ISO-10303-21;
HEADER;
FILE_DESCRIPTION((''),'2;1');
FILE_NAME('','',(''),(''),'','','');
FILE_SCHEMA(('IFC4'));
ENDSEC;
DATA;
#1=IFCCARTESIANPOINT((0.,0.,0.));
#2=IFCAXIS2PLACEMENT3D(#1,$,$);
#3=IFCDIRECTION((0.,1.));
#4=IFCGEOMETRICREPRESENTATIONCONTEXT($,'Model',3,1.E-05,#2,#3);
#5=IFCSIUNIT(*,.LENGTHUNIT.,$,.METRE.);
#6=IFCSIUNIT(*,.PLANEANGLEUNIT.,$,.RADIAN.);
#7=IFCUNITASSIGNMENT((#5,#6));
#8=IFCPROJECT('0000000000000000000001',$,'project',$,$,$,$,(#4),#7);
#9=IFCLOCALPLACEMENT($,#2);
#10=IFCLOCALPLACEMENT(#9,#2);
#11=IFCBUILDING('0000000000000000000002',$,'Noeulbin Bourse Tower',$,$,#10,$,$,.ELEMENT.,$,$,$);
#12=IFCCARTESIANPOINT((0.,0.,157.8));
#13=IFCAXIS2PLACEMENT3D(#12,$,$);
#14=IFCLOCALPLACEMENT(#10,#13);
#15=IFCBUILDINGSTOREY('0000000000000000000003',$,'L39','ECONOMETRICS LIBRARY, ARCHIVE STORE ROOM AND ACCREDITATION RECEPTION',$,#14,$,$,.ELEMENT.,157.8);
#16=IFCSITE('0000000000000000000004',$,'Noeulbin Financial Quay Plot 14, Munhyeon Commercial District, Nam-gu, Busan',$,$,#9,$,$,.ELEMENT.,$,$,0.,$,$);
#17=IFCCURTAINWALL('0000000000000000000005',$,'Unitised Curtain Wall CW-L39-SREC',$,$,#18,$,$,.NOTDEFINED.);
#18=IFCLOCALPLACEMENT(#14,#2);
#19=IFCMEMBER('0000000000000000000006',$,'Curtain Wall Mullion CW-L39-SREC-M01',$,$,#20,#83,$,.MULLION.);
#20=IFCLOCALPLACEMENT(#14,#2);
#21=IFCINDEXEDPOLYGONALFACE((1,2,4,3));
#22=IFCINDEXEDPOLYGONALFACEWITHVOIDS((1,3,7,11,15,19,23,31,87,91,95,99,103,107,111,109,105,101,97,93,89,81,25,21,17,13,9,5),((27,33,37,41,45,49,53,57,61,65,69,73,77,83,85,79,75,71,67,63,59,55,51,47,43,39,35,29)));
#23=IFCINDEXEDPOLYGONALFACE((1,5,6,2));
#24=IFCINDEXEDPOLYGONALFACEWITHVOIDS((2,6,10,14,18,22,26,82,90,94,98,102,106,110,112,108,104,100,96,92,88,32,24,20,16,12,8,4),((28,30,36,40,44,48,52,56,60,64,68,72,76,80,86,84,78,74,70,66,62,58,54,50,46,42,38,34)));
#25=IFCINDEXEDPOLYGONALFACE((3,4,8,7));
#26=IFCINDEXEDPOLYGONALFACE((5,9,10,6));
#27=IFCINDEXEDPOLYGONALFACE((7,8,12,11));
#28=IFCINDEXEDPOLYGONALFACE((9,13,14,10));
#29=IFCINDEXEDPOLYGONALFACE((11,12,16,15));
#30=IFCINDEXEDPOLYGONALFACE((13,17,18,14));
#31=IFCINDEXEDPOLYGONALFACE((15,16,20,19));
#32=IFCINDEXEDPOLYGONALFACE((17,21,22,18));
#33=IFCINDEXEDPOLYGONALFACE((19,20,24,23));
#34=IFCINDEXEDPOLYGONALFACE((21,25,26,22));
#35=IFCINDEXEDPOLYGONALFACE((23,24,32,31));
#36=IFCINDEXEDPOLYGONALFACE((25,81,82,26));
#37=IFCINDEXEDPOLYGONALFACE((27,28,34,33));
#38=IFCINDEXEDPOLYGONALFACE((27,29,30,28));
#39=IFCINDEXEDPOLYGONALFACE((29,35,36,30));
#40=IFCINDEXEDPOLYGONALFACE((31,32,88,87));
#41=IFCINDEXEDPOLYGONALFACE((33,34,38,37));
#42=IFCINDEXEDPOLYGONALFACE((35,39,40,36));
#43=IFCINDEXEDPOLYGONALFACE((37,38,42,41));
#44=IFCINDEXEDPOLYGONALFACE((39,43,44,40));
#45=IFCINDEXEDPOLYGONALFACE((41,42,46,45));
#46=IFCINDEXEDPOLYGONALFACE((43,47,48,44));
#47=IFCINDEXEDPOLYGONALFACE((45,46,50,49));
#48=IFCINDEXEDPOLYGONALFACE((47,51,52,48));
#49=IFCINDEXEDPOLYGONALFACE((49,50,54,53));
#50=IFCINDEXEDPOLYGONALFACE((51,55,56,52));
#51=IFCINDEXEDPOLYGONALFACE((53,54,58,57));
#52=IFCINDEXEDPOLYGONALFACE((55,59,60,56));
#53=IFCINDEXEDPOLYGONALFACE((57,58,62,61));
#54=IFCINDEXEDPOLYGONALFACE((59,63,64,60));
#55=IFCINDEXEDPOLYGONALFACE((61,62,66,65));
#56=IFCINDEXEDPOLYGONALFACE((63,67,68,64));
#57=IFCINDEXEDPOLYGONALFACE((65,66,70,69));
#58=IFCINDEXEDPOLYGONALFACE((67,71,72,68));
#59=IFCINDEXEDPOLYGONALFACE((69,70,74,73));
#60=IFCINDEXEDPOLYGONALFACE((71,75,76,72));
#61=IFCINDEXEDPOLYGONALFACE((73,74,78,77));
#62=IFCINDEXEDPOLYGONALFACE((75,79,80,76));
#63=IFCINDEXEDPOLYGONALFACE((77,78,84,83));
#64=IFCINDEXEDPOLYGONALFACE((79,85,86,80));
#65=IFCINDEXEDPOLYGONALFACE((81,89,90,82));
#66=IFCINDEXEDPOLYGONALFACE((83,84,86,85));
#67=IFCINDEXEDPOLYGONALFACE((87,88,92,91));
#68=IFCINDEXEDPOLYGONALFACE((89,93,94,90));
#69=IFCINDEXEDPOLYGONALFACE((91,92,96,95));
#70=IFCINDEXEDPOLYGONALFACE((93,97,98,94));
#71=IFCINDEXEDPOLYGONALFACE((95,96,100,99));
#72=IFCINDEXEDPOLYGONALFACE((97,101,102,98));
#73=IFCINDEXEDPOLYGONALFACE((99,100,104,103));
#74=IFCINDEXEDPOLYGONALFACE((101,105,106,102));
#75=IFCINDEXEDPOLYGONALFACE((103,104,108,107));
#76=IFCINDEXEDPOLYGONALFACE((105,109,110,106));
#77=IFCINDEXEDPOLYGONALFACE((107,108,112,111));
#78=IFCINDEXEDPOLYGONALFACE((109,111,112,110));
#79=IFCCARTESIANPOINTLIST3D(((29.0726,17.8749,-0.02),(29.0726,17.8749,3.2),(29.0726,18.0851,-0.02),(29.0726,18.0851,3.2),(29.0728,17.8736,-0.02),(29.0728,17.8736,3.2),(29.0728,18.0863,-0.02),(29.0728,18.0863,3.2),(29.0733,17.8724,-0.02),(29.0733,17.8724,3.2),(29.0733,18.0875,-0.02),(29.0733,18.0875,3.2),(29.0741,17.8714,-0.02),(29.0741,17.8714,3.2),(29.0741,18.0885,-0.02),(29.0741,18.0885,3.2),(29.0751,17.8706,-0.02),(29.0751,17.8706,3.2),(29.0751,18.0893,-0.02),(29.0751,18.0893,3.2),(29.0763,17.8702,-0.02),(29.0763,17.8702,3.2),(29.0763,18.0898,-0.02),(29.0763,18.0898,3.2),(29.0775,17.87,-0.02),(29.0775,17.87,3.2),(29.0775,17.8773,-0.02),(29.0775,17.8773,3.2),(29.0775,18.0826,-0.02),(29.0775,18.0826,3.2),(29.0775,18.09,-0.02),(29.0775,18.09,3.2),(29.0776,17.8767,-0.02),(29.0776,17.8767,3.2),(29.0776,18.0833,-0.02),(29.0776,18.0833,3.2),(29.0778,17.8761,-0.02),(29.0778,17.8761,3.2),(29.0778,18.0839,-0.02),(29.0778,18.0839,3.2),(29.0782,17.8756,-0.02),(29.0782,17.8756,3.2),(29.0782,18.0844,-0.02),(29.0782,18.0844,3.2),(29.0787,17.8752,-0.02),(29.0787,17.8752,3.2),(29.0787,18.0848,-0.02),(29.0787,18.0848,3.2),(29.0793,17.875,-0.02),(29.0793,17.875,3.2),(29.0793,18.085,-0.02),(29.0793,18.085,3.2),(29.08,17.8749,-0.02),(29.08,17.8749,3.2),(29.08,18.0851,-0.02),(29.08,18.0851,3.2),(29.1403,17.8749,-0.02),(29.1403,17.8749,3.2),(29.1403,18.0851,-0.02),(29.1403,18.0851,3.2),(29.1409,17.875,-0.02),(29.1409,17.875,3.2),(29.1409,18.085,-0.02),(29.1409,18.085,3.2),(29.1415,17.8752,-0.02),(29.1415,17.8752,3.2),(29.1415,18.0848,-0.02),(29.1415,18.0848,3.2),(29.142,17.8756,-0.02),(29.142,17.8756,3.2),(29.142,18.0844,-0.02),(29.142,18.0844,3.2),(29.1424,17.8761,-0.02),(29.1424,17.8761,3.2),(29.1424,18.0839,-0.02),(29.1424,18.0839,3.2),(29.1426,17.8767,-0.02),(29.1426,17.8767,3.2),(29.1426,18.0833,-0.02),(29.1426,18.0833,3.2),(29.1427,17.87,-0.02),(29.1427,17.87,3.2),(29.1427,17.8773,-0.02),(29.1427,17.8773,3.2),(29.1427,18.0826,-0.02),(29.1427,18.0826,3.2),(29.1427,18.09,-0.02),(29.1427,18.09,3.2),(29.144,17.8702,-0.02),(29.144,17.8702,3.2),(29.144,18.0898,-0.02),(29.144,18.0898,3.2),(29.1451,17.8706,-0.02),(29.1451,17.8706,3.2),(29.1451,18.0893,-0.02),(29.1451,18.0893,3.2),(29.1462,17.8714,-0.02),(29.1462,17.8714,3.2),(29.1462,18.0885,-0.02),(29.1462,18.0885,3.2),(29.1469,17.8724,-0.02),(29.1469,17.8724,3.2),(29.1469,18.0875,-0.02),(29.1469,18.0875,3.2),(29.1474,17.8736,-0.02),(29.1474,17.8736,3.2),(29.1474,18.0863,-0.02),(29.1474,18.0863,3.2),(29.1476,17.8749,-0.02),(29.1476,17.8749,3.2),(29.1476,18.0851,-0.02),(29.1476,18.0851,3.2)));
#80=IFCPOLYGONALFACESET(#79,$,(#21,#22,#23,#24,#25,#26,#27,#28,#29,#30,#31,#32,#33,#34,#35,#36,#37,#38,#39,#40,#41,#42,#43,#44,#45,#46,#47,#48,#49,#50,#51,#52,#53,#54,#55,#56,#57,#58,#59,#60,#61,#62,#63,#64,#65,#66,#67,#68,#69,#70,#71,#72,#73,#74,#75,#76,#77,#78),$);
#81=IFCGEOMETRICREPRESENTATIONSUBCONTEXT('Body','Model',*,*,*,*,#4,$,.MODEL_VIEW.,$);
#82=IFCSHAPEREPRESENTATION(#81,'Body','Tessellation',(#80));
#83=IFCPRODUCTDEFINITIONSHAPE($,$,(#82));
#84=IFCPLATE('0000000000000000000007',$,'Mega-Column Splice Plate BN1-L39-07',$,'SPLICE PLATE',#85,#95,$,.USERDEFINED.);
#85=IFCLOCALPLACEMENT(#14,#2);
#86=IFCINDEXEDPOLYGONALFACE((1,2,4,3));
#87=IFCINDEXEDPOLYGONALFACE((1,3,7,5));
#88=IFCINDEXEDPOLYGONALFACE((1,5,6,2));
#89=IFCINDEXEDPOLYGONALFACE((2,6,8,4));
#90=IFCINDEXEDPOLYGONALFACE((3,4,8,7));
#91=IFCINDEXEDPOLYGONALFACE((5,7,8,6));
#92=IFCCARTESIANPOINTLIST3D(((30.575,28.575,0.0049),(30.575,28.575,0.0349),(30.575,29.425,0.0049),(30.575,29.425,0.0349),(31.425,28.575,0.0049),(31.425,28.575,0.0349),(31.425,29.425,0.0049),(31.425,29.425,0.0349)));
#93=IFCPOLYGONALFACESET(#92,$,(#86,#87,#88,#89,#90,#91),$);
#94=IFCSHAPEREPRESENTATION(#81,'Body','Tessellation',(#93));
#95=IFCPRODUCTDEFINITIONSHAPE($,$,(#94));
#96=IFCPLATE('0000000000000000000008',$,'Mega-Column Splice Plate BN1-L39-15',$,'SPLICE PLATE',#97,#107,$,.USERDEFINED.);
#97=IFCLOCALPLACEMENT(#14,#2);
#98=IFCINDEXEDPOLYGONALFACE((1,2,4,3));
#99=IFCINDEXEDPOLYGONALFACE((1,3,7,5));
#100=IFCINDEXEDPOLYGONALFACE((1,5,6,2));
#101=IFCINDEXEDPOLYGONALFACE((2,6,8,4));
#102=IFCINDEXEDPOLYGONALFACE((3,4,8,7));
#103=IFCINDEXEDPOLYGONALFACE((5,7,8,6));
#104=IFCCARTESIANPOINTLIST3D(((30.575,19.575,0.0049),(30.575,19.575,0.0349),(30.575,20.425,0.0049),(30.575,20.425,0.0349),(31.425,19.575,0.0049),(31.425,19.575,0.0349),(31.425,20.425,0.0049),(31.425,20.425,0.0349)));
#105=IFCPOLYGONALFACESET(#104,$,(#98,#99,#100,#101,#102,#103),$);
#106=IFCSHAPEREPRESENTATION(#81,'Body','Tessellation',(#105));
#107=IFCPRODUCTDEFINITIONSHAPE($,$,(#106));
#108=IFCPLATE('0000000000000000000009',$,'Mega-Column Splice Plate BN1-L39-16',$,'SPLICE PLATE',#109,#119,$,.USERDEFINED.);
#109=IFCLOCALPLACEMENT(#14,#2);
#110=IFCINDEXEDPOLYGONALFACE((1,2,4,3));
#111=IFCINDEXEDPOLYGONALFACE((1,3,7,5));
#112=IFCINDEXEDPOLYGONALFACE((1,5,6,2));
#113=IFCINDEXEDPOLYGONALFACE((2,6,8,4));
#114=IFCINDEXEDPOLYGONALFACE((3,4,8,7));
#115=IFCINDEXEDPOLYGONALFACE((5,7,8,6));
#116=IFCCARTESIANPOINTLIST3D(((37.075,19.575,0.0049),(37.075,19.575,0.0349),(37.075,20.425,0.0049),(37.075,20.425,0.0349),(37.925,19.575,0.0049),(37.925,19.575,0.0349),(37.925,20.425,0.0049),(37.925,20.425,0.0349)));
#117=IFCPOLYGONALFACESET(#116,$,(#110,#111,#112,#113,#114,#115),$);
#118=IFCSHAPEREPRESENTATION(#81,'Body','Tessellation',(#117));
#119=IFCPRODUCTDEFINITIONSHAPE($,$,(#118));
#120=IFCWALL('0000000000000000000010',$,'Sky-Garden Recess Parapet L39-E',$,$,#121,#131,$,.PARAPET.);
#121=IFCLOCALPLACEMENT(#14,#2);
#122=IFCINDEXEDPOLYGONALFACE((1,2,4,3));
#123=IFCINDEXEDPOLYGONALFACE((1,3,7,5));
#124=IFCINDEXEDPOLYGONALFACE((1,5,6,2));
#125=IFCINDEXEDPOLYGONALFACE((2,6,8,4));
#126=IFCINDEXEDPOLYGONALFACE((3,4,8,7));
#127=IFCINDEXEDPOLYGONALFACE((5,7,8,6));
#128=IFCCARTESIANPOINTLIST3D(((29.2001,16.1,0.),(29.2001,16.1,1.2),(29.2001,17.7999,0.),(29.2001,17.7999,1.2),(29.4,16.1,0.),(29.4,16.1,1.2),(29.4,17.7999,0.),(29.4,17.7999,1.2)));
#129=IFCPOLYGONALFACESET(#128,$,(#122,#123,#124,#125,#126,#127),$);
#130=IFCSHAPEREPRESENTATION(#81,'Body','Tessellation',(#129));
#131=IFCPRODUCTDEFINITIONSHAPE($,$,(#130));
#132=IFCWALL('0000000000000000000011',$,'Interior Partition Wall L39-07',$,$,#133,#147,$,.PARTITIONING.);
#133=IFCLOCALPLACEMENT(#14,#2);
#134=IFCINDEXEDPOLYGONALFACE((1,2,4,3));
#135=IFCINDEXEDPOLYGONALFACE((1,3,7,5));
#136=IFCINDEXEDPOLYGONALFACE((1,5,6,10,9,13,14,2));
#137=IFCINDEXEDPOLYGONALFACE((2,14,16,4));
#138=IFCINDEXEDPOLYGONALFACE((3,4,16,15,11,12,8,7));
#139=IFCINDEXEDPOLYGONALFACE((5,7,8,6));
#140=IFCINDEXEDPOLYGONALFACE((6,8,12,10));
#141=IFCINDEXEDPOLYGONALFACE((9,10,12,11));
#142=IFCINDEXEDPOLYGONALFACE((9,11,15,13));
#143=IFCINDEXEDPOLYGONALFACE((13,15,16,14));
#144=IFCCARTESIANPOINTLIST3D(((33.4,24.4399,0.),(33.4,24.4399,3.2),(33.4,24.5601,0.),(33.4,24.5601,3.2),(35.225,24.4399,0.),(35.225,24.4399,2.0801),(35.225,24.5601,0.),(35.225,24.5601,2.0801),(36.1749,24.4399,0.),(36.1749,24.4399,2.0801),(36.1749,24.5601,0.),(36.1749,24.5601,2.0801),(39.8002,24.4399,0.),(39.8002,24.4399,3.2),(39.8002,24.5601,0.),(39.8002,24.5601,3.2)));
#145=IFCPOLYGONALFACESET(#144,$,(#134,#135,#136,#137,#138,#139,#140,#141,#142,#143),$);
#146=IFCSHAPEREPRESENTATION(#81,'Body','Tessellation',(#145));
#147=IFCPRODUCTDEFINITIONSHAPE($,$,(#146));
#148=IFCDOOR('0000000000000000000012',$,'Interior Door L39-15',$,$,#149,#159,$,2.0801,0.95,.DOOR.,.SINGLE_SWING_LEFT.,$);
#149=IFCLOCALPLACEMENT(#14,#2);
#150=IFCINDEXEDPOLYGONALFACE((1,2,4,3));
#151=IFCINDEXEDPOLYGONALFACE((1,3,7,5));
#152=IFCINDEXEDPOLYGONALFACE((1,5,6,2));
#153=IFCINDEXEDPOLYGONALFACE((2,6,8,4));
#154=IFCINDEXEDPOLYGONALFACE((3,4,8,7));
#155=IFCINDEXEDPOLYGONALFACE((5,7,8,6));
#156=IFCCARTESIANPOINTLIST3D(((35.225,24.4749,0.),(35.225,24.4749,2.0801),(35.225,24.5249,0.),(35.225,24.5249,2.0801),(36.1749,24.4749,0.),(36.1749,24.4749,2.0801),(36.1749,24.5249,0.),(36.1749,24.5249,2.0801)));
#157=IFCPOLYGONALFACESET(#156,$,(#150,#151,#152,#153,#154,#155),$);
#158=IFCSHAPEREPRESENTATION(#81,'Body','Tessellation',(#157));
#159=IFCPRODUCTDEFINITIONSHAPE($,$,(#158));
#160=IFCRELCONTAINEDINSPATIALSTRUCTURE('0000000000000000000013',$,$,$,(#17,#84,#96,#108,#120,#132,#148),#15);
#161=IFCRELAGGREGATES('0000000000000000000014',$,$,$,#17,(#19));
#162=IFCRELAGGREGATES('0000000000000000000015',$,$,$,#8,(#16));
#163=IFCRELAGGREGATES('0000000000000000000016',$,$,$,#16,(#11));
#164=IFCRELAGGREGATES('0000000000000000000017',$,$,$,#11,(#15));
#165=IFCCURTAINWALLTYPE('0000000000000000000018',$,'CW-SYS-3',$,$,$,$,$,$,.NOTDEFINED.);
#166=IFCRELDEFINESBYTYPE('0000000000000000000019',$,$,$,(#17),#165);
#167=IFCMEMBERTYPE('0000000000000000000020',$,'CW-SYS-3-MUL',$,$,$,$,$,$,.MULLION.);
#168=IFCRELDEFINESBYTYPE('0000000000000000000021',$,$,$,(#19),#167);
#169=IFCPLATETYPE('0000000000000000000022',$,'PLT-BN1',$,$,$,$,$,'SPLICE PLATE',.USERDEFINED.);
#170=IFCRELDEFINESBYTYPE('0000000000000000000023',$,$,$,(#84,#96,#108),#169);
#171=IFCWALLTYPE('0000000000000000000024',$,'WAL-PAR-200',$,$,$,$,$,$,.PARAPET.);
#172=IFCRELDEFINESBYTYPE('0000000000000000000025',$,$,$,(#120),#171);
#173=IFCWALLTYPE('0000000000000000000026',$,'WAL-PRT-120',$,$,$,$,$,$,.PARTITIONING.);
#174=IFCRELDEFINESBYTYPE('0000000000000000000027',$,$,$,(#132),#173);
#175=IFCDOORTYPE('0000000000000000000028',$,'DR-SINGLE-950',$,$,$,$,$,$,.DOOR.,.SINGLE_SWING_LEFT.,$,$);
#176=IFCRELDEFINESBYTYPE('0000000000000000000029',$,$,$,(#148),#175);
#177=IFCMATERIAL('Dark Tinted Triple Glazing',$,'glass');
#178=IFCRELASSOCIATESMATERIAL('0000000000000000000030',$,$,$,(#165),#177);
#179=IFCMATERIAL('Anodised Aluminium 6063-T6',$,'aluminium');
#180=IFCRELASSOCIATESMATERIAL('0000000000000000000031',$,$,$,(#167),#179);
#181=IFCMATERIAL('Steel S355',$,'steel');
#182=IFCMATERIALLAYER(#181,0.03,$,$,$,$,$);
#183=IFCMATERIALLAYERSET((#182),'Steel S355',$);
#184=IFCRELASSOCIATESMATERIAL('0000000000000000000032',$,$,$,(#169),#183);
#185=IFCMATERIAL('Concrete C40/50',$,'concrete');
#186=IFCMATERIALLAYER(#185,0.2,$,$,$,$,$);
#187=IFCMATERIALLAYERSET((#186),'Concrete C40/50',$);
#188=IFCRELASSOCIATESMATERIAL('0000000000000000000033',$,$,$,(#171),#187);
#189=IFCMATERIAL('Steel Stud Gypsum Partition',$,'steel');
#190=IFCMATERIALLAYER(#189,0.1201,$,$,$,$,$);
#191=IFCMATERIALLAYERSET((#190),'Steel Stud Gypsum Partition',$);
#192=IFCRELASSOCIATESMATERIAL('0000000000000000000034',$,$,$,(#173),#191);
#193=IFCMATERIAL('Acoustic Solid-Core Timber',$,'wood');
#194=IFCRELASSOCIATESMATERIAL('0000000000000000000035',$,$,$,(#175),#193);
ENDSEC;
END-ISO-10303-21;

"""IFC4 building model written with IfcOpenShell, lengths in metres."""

from ifc_helpers import new_model, si_unit, direction, frame, frame_2d, origin, origin_2d, place, context, subcontext, project, spatial, rectangle, hollow_rectangle, extrude, material, layer, layer_set, material_profile, profile_set, type_object, element, fill, aggregate, save


model = new_model("IFC4")

# Units and contexts
model_context = context("Model", 3, precision=1e-05, world=origin(), true_north=direction((0.0, 1.0)))
body_context = subcontext(model_context, "Body", "Model", "MODEL_VIEW")
ifc_project = project(units=[si_unit("LENGTHUNIT", "METRE"), si_unit("PLANEANGLEUNIT", "RADIAN")], contexts=[model_context])

# Site, building, storey
site_placement = place(None, origin())
site = spatial("IfcSite", under=ifc_project, at=site_placement, Name="Noeulbin Financial Quay Plot 14, Munhyeon Commercial District, Nam-gu, Busan", CompositionType="ELEMENT", RefElevation=0.0)
building_placement = place(site_placement, origin())
building = spatial("IfcBuilding", under=site, at=building_placement, Name="Noeulbin Bourse Tower", CompositionType="ELEMENT")
storey_placement = place(building_placement, frame((0.0, 0.0, 157.8)))
storey = spatial("IfcBuildingStorey", under=building, at=storey_placement, Name="L39", Description="ECONOMETRICS LIBRARY, ARCHIVE STORE ROOM AND ACCREDITATION RECEPTION", CompositionType="ELEMENT", Elevation=157.8)

# Shared definitions
ifc_material_1 = material(Name="Steel S355", Category="steel")

# Curtain wall, member
ifc_material_2 = material(Name="Dark Tinted Triple Glazing", Category="glass")
curtain_wall_type = type_object("IfcCurtainWallType", Name="CW-SYS-3", PredefinedType="NOTDEFINED", material=ifc_material_2)
curtain_wall_placement = place(storey_placement, origin())
curtain_wall = element("IfcCurtainWall", 1, at=curtain_wall_placement, inside=storey, type_object=curtain_wall_type, Name="Unitised Curtain Wall CW-L39-SREC", PredefinedType="NOTDEFINED")
ifc_material_3 = material(Name="Anodised Aluminium 6063-T6", Category="aluminium")
ifc_material_profile_1 = material_profile(ifc_material_3, hollow_rectangle(XDim=0.075, YDim=0.22, WallThickness=0.0049, InnerFilletRadius=0.0024, OuterFilletRadius=0.0049, at=origin_2d()), Name="ALU-MULL-75x220x5", Category="LoadBearing")
ifc_profile_set_1 = profile_set([ifc_material_profile_1], Name="Anodised Aluminium 6063-T6")
member_type = type_object("IfcMemberType", Name="CW-SYS-3-MUL", PredefinedType="MULLION", material=ifc_profile_set_1)
member_placement = place(storey_placement, frame((29.1101, 17.98, -0.02), z_axis=(0.0, 0.0, 1.0), x_axis=(1.0, 0.0, 0.0)))
member = element("IfcMember", 2, at=member_placement, type_object=member_type, Name="Curtain Wall Mullion CW-L39-SREC-M01", PredefinedType="MULLION", context=body_context, shape_type="SweptSolid", body=[
    extrude(hollow_rectangle(XDim=0.075, YDim=0.22, WallThickness=0.0049, InnerFilletRadius=0.0024, OuterFilletRadius=0.0049, at=origin_2d()), origin(), (0.0, 0.0, 1.0), 3.22),
])
aggregate(curtain_wall, [member])

# Plates
ifc_layer_1 = layer(ifc_material_1, 0.03)
ifc_layer_set_1 = layer_set([ifc_layer_1], Name="Steel S355")
plate_type = type_object("IfcPlateType", Name="PLT-BN1", ElementType="SPLICE PLATE", PredefinedType="USERDEFINED", material=ifc_layer_set_1)
for number, where, z_axis, x_axis, name in (
    (3, (31.0, 29.0, 0.0049), (0.0, 0.0, 1.0), (1.0, 0.0, 0.0), "Mega-Column Splice Plate BN1-L39-07"),
    (4, (31.0, 20.0, 0.0049), (0.0, 0.0, 1.0), (1.0, 0.0, 0.0), "Mega-Column Splice Plate BN1-L39-15"),
    (5, (37.5, 20.0, 0.0049), (0.0, 0.0, 1.0), (1.0, 0.0, 0.0), "Mega-Column Splice Plate BN1-L39-16"),
):
    element("IfcPlate", number, at=place(storey_placement, frame(where, z_axis=z_axis, x_axis=x_axis)), inside=storey, type_object=plate_type, Name=name, ObjectType="SPLICE PLATE", PredefinedType="USERDEFINED", context=body_context, shape_type="SweptSolid", body=[
        extrude(rectangle(XDim=0.8501, YDim=0.8501, at=origin_2d()), origin(), (0.0, 0.0, 1.0), 0.03),
    ])

# Wall
ifc_material_4 = material(Name="Concrete C40/50", Category="concrete")
ifc_layer_2 = layer(ifc_material_4, 0.2)
ifc_layer_set_2 = layer_set([ifc_layer_2], Name="Concrete C40/50")
wall_type_1 = type_object("IfcWallType", Name="WAL-PAR-200", PredefinedType="PARAPET", material=ifc_layer_set_2)
wall_1_placement = place(storey_placement, frame((29.3, 17.8, 0.0), z_axis=(0.0, 0.0, 1.0), x_axis=(0.0, -1.0, 0.0)))
element("IfcWall", 6, at=wall_1_placement, inside=storey, type_object=wall_type_1, Name="Sky-Garden Recess Parapet L39-E", PredefinedType="PARAPET", context=body_context, shape_type="SweptSolid", body=[
    extrude(rectangle(XDim=1.7, YDim=0.2, at=frame_2d((0.8501, 0.0))), origin(), (0.0, 0.0, 1.0), 1.2),
])

# Wall, opening, door
ifc_material_5 = material(Name="Steel Stud Gypsum Partition", Category="steel")
ifc_layer_3 = layer(ifc_material_5, 0.1201)
ifc_layer_set_3 = layer_set([ifc_layer_3], Name="Steel Stud Gypsum Partition")
wall_type_2 = type_object("IfcWallType", Name="WAL-PRT-120", PredefinedType="PARTITIONING", material=ifc_layer_set_3)
wall_2_placement = place(storey_placement, frame((33.3999, 24.5, 0.0), z_axis=(0.0, 0.0, 1.0), x_axis=(1.0, 0.0, 0.0)))
wall_2 = element("IfcWall", 7, at=wall_2_placement, inside=storey, type_object=wall_type_2, Name="Interior Partition Wall L39-07", PredefinedType="PARTITIONING", context=body_context, shape_type="SweptSolid", body=[
    extrude(rectangle(XDim=6.4001, YDim=0.1201, at=frame_2d((3.2002, 0.0))), origin(), (0.0, 0.0, 1.0), 3.2),
])
opening_placement = place(wall_2_placement, frame((1.825, 0.0, 0.0)))
opening = element("IfcOpeningElement", 8, at=opening_placement, cuts=wall_2, PredefinedType="OPENING", context=body_context, shape_type="SweptSolid", body=[
    extrude(rectangle(XDim=0.95, YDim=2.0801, at=frame_2d((0.4751, 1.04))), frame((0.0, 0.0701, 0.0), z_axis=(0.0, -1.0, 0.0), x_axis=(1.0, 0.0, 0.0)), (0.0, 0.0, 1.0), 0.1401),
])
ifc_material_6 = material(Name="Acoustic Solid-Core Timber", Category="wood")
door_type = type_object("IfcDoorType", Name="DR-SINGLE-950", OperationType="SINGLE_SWING_LEFT", PredefinedType="DOOR", material=ifc_material_6)
door_placement = place(opening_placement, origin())
door = element("IfcDoor", 9, at=door_placement, inside=storey, type_object=door_type, Name="Interior Door L39-15", OperationType="SINGLE_SWING_LEFT", OverallHeight=2.0801, OverallWidth=0.95, PredefinedType="DOOR", context=body_context, shape_type="SweptSolid", body=[
    extrude(rectangle(XDim=0.95, YDim=2.0801, at=frame_2d((0.4751, 1.04))), frame((0.0, 0.0249, 0.0), z_axis=(0.0, -1.0, 0.0), x_axis=(1.0, 0.0, 0.0)), (0.0, 0.0, 1.0), 0.05),
])
fill(opening, door)

save(model, "model.ifc")
